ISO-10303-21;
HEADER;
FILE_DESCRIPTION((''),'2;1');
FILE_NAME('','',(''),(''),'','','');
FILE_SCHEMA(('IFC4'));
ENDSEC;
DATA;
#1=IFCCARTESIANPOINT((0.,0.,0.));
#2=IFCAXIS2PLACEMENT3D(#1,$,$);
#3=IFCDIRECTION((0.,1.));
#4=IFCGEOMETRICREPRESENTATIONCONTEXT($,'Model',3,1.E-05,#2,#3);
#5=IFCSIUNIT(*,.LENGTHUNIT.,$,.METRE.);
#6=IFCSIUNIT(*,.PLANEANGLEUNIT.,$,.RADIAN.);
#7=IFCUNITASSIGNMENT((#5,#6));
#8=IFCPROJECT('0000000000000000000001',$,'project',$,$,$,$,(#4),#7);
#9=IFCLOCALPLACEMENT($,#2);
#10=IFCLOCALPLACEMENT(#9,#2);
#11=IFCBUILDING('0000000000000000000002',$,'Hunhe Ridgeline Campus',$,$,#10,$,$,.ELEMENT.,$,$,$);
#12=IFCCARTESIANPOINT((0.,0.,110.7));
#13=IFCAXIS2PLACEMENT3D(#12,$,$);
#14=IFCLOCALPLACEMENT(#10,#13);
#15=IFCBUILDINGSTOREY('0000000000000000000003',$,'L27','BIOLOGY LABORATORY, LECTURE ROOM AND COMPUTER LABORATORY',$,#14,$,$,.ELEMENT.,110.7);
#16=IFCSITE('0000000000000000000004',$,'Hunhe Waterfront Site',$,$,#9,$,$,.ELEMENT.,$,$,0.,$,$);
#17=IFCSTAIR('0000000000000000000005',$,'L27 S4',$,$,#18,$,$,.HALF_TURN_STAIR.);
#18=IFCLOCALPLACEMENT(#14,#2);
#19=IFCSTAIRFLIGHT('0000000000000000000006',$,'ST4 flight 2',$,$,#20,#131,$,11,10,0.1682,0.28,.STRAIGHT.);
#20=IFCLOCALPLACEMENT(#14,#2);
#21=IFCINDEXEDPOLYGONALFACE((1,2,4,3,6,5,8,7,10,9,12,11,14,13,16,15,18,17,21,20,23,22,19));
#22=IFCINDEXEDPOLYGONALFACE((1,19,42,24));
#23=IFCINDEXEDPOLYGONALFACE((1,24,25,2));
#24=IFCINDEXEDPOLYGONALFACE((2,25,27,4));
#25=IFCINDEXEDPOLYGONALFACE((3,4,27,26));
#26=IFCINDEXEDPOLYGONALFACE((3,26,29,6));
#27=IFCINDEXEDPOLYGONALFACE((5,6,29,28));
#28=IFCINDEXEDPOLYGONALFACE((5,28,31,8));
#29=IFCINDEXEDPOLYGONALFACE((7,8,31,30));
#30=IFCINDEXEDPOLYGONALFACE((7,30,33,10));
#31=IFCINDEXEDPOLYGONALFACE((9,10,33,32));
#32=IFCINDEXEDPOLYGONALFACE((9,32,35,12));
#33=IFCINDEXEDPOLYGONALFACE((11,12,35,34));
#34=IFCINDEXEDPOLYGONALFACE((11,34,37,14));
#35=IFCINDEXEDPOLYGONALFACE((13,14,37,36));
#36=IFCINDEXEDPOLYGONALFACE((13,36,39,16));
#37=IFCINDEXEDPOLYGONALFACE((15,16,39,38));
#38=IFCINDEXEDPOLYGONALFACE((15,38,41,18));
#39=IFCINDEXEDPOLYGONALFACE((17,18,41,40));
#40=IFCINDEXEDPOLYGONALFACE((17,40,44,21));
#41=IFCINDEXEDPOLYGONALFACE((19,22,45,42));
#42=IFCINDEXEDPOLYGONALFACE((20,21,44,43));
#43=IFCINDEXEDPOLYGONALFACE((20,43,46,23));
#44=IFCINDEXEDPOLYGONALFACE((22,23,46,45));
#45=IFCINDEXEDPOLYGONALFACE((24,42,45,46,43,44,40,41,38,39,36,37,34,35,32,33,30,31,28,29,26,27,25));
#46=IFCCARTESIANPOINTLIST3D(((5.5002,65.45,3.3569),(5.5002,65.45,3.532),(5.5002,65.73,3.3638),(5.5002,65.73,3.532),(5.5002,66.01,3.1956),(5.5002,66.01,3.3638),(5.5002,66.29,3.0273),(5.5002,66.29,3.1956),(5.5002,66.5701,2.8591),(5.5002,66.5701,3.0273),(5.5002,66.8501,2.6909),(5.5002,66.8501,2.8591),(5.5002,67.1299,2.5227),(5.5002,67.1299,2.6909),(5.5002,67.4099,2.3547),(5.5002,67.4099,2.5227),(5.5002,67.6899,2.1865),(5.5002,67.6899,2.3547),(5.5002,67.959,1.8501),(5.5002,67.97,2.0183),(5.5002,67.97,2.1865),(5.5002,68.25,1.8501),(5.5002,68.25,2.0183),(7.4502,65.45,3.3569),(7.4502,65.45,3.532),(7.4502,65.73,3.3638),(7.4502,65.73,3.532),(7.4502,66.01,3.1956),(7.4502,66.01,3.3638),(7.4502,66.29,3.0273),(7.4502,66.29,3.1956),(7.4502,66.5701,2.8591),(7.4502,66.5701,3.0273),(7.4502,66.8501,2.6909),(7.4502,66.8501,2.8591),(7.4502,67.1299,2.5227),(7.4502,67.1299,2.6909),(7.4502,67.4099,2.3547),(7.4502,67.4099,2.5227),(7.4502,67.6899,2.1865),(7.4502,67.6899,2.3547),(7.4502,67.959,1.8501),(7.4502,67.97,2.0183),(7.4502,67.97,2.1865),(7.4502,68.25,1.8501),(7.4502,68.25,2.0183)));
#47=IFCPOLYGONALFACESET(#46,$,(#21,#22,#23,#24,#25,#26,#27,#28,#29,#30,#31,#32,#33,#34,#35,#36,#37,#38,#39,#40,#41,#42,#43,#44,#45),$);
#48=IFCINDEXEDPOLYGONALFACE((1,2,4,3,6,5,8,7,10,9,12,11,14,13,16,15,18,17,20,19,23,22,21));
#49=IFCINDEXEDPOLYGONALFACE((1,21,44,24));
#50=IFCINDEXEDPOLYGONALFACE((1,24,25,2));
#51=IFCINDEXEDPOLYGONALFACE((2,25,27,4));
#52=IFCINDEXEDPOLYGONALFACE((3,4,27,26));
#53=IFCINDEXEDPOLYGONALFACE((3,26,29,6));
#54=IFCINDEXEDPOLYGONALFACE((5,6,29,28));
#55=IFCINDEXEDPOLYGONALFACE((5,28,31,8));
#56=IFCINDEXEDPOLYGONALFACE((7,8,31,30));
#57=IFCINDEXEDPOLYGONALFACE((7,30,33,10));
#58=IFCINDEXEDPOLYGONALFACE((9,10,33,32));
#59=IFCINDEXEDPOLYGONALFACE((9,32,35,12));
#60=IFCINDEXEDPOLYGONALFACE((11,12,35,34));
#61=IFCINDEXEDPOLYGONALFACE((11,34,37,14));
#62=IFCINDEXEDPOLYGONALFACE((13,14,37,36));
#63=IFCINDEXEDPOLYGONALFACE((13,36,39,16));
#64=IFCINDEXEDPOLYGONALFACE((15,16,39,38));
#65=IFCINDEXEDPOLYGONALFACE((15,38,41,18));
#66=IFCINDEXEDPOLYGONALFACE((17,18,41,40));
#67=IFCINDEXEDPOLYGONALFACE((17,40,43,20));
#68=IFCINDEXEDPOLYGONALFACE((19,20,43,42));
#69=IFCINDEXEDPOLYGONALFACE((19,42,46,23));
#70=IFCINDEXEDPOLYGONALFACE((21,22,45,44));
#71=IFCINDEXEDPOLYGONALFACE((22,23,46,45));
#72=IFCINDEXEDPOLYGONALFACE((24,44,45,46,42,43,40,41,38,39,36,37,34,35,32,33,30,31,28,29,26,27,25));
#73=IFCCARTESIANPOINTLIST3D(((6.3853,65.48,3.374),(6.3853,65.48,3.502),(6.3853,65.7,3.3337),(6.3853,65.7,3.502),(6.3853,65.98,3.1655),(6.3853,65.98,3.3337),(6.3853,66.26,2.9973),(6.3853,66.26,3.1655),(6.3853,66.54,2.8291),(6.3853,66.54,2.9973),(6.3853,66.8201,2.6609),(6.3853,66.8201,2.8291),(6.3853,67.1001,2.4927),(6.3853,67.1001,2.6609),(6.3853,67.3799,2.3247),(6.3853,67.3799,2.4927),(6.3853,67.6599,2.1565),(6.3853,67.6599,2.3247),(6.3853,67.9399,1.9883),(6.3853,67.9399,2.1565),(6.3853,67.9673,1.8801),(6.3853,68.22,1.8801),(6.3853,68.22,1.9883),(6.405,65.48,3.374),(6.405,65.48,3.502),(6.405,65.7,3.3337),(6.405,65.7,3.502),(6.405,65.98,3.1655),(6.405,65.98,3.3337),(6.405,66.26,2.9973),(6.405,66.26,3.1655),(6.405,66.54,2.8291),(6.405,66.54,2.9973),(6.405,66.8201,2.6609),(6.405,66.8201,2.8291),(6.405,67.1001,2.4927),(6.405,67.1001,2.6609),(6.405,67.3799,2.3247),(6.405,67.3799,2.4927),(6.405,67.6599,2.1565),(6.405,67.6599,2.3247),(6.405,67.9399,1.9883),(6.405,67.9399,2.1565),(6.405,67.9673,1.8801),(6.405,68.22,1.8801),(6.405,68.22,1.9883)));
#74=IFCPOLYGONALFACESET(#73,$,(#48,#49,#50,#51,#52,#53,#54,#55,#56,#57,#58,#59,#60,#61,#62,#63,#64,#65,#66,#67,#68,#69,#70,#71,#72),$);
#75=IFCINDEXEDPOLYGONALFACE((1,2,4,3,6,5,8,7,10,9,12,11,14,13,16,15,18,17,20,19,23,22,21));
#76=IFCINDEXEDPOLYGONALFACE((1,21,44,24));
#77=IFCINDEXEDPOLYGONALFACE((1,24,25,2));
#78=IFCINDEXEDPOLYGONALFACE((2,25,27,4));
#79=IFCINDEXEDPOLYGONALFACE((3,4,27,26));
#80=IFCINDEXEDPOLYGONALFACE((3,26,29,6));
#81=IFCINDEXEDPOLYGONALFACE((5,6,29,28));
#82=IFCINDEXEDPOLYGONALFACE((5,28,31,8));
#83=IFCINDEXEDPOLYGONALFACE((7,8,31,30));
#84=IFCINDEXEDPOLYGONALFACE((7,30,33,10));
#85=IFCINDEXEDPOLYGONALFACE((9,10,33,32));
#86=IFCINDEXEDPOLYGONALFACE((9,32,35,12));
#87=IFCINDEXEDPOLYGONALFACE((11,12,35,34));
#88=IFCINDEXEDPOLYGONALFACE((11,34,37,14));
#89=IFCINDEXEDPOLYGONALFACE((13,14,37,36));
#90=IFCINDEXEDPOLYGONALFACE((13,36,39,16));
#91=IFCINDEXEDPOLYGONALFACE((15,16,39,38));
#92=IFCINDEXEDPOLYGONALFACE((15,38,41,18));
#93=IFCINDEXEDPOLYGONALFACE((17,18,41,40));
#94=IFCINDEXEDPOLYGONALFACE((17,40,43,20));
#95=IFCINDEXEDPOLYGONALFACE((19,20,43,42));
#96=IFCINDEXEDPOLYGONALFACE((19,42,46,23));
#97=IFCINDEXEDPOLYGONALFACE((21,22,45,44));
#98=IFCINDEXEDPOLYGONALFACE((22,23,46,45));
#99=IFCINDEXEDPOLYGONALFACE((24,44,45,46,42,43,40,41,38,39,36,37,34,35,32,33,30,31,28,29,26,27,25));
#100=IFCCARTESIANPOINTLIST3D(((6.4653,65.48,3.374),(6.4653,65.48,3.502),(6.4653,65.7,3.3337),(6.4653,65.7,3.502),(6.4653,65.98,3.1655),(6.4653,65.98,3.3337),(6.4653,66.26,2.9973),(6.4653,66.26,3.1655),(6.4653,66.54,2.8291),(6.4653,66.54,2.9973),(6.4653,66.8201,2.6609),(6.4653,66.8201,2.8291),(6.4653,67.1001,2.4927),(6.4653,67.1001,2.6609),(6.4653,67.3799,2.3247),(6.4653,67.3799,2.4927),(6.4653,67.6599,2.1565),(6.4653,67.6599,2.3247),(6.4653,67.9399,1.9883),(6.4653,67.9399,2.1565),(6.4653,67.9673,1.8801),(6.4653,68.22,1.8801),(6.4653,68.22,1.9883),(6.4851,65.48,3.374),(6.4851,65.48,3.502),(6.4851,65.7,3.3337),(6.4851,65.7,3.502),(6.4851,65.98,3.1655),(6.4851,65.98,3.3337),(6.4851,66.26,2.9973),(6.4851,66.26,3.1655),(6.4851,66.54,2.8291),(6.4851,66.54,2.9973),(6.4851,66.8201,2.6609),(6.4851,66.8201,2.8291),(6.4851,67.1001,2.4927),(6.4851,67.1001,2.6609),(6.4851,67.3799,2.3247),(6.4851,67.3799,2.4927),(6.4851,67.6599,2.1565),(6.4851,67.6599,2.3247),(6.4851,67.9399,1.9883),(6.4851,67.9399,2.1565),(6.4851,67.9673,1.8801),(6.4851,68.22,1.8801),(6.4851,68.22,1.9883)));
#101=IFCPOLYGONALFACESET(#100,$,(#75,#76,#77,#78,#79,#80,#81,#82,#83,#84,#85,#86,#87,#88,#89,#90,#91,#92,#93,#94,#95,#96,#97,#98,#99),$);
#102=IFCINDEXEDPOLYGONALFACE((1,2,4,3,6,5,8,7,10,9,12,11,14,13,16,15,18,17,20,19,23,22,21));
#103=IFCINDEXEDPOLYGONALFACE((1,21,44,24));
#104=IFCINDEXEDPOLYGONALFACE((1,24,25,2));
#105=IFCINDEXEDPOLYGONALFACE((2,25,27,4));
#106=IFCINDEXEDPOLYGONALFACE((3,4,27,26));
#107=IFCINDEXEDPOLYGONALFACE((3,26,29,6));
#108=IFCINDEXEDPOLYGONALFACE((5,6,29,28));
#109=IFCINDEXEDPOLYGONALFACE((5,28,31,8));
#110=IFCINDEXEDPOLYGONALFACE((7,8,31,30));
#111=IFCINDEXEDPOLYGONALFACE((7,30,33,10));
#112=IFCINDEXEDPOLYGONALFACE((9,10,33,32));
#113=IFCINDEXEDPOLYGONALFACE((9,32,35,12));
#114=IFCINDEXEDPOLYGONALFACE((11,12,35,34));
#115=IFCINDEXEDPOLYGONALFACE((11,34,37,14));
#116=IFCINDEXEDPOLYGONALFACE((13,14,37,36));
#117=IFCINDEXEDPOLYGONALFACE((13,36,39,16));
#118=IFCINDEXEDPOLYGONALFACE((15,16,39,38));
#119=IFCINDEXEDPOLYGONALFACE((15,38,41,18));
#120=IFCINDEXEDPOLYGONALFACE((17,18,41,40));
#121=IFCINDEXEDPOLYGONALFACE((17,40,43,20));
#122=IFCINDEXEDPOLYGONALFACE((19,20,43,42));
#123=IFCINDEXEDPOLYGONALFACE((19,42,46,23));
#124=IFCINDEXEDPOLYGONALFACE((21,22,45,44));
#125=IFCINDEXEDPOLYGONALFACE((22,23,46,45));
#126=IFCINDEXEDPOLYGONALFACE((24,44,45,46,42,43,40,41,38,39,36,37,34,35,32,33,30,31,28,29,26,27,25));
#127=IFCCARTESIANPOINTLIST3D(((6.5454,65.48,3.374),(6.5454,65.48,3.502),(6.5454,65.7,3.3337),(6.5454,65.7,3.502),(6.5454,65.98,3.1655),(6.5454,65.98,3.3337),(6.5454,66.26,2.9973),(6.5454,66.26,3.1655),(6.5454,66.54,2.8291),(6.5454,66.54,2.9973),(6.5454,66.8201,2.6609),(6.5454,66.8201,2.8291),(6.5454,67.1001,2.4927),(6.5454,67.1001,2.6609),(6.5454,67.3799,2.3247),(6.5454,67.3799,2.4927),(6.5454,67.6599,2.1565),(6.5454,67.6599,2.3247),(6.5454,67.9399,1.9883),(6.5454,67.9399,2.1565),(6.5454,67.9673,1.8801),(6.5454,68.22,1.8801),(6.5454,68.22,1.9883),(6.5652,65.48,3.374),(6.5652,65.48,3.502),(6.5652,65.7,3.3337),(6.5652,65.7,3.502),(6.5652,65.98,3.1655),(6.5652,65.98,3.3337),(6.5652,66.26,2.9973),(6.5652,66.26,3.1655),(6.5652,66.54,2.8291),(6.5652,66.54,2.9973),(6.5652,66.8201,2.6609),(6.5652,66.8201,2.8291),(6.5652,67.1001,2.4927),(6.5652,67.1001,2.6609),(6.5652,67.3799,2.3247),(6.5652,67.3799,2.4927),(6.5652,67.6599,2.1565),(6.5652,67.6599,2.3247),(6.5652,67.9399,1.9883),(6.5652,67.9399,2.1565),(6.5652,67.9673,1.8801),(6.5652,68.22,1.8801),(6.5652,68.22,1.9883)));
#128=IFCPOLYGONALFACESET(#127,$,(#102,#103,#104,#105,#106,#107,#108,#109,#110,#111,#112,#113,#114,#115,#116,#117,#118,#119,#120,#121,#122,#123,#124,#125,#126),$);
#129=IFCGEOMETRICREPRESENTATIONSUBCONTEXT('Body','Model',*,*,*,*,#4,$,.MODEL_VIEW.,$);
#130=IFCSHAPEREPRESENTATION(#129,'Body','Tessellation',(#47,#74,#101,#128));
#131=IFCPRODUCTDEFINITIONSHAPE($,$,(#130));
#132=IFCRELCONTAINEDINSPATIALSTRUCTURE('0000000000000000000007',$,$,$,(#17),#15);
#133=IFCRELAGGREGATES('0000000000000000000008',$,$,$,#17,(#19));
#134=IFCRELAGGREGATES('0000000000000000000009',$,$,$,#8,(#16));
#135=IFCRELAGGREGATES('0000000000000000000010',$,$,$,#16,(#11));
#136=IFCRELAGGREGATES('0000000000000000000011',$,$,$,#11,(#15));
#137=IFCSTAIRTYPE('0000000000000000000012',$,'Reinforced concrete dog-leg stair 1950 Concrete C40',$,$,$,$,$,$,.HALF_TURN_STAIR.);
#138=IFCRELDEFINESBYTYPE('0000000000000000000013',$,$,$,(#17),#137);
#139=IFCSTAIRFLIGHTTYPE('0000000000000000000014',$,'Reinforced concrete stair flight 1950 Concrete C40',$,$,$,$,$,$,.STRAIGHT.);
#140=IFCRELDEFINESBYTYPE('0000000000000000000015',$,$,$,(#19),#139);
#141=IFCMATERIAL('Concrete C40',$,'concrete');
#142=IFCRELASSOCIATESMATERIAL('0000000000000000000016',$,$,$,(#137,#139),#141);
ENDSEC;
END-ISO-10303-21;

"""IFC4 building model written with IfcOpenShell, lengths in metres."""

from ifc_helpers import new_model, si_unit, direction, frame, origin, place, context, subcontext, project, spatial, polyline, outline, extrude, material, type_object, element, aggregate, save


model = new_model("IFC4")

# Units and contexts
model_context = context("Model", 3, precision=1e-05, world=origin(), true_north=direction((0.0, 1.0)))
body_context = subcontext(model_context, "Body", "Model", "MODEL_VIEW")
ifc_project = project(units=[si_unit("LENGTHUNIT", "METRE"), si_unit("PLANEANGLEUNIT", "RADIAN")], contexts=[model_context])

# Site, building, storey
site_placement = place(None, origin())
site = spatial("IfcSite", under=ifc_project, at=site_placement, Name="Hunhe Waterfront Site", CompositionType="ELEMENT", RefElevation=0.0)
building_placement = place(site_placement, origin())
building = spatial("IfcBuilding", under=site, at=building_placement, Name="Hunhe Ridgeline Campus", CompositionType="ELEMENT")
storey_placement = place(building_placement, frame((0.0, 0.0, 110.7)))
storey = spatial("IfcBuildingStorey", under=building, at=storey_placement, Name="L27", Description="BIOLOGY LABORATORY, LECTURE ROOM AND COMPUTER LABORATORY", CompositionType="ELEMENT", Elevation=110.7)

# Shared definitions
ifc_material_1 = material(Name="Concrete C40", Category="concrete")
stair_type = type_object("IfcStairType", Name="Reinforced concrete dog-leg stair 1950 Concrete C40", PredefinedType="HALF_TURN_STAIR", material=ifc_material_1)
stair_flight_type = type_object("IfcStairFlightType", Name="Reinforced concrete stair flight 1950 Concrete C40", PredefinedType="STRAIGHT", material=ifc_material_1)

# Stair, stair flight
stair_1_placement = place(storey_placement, origin())
stair_1 = element("IfcStair", 1, at=stair_1_placement, inside=storey, type_object=stair_type, Name="L27 S4", PredefinedType="HALF_TURN_STAIR")
stair_flight_1_placement = place(storey_placement, frame((6.4751, 68.25, 1.8501), z_axis=(0.0, 0.0, 1.0), x_axis=(0.0, -1.0, 0.0)))
stair_flight_1 = element("IfcStairFlight", 2, at=stair_flight_1_placement, type_object=stair_flight_type, Name="ST4 flight 2", NumberOfRisers=11, NumberOfTreads=10, PredefinedType="STRAIGHT", RiserHeight=0.1682, TreadLength=0.28, context=body_context, shape_type="SweptSolid", body=[
    extrude(outline(polyline([(0.0, 0.0), (0.0, 0.1682), (0.28, 0.1682), (0.28, 0.3364), (0.5601, 0.3364), (0.5601, 0.5046), (0.8401, 0.5046), (0.8401, 0.6726), (1.1201, 0.6726), (1.1201, 0.8408), (1.3999, 0.8408), (1.3999, 1.009), (1.6799, 1.009), (1.6799, 1.1772), (1.96, 1.1772), (1.96, 1.3455), (2.24, 1.3455), (2.24, 1.5137), (2.52, 1.5137), (2.52, 1.6819), (2.8, 1.6819), (2.8, 1.8501), (2.8, 1.5068), (0.291, 0.0), (0.0, 0.0)])), frame((0.0, 0.9751, 0.0), z_axis=(0.0, -1.0, 0.0), x_axis=(1.0, 0.0, 0.0)), (0.0, 0.0, 1.0), 1.95),
    extrude(outline(polyline([(0.03, 0.03), (0.03, 0.1382), (0.3101, 0.1382), (0.3101, 0.3064), (0.5901, 0.3064), (0.5901, 0.4746), (0.8701, 0.4746), (0.8701, 0.6426), (1.1499, 0.6426), (1.1499, 0.8108), (1.4299, 0.8108), (1.4299, 0.979), (1.71, 0.979), (1.71, 1.1472), (1.99, 1.1472), (1.99, 1.3154), (2.27, 1.3154), (2.27, 1.4836), (2.55, 1.4836), (2.55, 1.6519), (2.77, 1.6519), (2.77, 1.5239), (0.2827, 0.03), (0.03, 0.03)])), frame((0.0, -0.0701, 0.0), z_axis=(0.0, -1.0, 0.0), x_axis=(1.0, 0.0, 0.0)), (0.0, 0.0, 1.0), 0.0198),
    extrude(outline(polyline([(0.03, 0.03), (0.03, 0.1382), (0.3101, 0.1382), (0.3101, 0.3064), (0.5901, 0.3064), (0.5901, 0.4746), (0.8701, 0.4746), (0.8701, 0.6426), (1.1499, 0.6426), (1.1499, 0.8108), (1.4299, 0.8108), (1.4299, 0.979), (1.71, 0.979), (1.71, 1.1472), (1.99, 1.1472), (1.99, 1.3154), (2.27, 1.3154), (2.27, 1.4836), (2.55, 1.4836), (2.55, 1.6519), (2.77, 1.6519), (2.77, 1.5239), (0.2827, 0.03), (0.03, 0.03)])), frame((0.0, 0.01, 0.0), z_axis=(0.0, -1.0, 0.0), x_axis=(1.0, 0.0, 0.0)), (0.0, 0.0, 1.0), 0.0198),
    extrude(outline(polyline([(0.03, 0.03), (0.03, 0.1382), (0.3101, 0.1382), (0.3101, 0.3064), (0.5901, 0.3064), (0.5901, 0.4746), (0.8701, 0.4746), (0.8701, 0.6426), (1.1499, 0.6426), (1.1499, 0.8108), (1.4299, 0.8108), (1.4299, 0.979), (1.71, 0.979), (1.71, 1.1472), (1.99, 1.1472), (1.99, 1.3154), (2.27, 1.3154), (2.27, 1.4836), (2.55, 1.4836), (2.55, 1.6519), (2.77, 1.6519), (2.77, 1.5239), (0.2827, 0.03), (0.03, 0.03)])), frame((0.0, 0.0901, 0.0), z_axis=(0.0, -1.0, 0.0), x_axis=(1.0, 0.0, 0.0)), (0.0, 0.0, 1.0), 0.0198),
])
aggregate(stair_1, [stair_flight_1])

save(model, "model.ifc")
